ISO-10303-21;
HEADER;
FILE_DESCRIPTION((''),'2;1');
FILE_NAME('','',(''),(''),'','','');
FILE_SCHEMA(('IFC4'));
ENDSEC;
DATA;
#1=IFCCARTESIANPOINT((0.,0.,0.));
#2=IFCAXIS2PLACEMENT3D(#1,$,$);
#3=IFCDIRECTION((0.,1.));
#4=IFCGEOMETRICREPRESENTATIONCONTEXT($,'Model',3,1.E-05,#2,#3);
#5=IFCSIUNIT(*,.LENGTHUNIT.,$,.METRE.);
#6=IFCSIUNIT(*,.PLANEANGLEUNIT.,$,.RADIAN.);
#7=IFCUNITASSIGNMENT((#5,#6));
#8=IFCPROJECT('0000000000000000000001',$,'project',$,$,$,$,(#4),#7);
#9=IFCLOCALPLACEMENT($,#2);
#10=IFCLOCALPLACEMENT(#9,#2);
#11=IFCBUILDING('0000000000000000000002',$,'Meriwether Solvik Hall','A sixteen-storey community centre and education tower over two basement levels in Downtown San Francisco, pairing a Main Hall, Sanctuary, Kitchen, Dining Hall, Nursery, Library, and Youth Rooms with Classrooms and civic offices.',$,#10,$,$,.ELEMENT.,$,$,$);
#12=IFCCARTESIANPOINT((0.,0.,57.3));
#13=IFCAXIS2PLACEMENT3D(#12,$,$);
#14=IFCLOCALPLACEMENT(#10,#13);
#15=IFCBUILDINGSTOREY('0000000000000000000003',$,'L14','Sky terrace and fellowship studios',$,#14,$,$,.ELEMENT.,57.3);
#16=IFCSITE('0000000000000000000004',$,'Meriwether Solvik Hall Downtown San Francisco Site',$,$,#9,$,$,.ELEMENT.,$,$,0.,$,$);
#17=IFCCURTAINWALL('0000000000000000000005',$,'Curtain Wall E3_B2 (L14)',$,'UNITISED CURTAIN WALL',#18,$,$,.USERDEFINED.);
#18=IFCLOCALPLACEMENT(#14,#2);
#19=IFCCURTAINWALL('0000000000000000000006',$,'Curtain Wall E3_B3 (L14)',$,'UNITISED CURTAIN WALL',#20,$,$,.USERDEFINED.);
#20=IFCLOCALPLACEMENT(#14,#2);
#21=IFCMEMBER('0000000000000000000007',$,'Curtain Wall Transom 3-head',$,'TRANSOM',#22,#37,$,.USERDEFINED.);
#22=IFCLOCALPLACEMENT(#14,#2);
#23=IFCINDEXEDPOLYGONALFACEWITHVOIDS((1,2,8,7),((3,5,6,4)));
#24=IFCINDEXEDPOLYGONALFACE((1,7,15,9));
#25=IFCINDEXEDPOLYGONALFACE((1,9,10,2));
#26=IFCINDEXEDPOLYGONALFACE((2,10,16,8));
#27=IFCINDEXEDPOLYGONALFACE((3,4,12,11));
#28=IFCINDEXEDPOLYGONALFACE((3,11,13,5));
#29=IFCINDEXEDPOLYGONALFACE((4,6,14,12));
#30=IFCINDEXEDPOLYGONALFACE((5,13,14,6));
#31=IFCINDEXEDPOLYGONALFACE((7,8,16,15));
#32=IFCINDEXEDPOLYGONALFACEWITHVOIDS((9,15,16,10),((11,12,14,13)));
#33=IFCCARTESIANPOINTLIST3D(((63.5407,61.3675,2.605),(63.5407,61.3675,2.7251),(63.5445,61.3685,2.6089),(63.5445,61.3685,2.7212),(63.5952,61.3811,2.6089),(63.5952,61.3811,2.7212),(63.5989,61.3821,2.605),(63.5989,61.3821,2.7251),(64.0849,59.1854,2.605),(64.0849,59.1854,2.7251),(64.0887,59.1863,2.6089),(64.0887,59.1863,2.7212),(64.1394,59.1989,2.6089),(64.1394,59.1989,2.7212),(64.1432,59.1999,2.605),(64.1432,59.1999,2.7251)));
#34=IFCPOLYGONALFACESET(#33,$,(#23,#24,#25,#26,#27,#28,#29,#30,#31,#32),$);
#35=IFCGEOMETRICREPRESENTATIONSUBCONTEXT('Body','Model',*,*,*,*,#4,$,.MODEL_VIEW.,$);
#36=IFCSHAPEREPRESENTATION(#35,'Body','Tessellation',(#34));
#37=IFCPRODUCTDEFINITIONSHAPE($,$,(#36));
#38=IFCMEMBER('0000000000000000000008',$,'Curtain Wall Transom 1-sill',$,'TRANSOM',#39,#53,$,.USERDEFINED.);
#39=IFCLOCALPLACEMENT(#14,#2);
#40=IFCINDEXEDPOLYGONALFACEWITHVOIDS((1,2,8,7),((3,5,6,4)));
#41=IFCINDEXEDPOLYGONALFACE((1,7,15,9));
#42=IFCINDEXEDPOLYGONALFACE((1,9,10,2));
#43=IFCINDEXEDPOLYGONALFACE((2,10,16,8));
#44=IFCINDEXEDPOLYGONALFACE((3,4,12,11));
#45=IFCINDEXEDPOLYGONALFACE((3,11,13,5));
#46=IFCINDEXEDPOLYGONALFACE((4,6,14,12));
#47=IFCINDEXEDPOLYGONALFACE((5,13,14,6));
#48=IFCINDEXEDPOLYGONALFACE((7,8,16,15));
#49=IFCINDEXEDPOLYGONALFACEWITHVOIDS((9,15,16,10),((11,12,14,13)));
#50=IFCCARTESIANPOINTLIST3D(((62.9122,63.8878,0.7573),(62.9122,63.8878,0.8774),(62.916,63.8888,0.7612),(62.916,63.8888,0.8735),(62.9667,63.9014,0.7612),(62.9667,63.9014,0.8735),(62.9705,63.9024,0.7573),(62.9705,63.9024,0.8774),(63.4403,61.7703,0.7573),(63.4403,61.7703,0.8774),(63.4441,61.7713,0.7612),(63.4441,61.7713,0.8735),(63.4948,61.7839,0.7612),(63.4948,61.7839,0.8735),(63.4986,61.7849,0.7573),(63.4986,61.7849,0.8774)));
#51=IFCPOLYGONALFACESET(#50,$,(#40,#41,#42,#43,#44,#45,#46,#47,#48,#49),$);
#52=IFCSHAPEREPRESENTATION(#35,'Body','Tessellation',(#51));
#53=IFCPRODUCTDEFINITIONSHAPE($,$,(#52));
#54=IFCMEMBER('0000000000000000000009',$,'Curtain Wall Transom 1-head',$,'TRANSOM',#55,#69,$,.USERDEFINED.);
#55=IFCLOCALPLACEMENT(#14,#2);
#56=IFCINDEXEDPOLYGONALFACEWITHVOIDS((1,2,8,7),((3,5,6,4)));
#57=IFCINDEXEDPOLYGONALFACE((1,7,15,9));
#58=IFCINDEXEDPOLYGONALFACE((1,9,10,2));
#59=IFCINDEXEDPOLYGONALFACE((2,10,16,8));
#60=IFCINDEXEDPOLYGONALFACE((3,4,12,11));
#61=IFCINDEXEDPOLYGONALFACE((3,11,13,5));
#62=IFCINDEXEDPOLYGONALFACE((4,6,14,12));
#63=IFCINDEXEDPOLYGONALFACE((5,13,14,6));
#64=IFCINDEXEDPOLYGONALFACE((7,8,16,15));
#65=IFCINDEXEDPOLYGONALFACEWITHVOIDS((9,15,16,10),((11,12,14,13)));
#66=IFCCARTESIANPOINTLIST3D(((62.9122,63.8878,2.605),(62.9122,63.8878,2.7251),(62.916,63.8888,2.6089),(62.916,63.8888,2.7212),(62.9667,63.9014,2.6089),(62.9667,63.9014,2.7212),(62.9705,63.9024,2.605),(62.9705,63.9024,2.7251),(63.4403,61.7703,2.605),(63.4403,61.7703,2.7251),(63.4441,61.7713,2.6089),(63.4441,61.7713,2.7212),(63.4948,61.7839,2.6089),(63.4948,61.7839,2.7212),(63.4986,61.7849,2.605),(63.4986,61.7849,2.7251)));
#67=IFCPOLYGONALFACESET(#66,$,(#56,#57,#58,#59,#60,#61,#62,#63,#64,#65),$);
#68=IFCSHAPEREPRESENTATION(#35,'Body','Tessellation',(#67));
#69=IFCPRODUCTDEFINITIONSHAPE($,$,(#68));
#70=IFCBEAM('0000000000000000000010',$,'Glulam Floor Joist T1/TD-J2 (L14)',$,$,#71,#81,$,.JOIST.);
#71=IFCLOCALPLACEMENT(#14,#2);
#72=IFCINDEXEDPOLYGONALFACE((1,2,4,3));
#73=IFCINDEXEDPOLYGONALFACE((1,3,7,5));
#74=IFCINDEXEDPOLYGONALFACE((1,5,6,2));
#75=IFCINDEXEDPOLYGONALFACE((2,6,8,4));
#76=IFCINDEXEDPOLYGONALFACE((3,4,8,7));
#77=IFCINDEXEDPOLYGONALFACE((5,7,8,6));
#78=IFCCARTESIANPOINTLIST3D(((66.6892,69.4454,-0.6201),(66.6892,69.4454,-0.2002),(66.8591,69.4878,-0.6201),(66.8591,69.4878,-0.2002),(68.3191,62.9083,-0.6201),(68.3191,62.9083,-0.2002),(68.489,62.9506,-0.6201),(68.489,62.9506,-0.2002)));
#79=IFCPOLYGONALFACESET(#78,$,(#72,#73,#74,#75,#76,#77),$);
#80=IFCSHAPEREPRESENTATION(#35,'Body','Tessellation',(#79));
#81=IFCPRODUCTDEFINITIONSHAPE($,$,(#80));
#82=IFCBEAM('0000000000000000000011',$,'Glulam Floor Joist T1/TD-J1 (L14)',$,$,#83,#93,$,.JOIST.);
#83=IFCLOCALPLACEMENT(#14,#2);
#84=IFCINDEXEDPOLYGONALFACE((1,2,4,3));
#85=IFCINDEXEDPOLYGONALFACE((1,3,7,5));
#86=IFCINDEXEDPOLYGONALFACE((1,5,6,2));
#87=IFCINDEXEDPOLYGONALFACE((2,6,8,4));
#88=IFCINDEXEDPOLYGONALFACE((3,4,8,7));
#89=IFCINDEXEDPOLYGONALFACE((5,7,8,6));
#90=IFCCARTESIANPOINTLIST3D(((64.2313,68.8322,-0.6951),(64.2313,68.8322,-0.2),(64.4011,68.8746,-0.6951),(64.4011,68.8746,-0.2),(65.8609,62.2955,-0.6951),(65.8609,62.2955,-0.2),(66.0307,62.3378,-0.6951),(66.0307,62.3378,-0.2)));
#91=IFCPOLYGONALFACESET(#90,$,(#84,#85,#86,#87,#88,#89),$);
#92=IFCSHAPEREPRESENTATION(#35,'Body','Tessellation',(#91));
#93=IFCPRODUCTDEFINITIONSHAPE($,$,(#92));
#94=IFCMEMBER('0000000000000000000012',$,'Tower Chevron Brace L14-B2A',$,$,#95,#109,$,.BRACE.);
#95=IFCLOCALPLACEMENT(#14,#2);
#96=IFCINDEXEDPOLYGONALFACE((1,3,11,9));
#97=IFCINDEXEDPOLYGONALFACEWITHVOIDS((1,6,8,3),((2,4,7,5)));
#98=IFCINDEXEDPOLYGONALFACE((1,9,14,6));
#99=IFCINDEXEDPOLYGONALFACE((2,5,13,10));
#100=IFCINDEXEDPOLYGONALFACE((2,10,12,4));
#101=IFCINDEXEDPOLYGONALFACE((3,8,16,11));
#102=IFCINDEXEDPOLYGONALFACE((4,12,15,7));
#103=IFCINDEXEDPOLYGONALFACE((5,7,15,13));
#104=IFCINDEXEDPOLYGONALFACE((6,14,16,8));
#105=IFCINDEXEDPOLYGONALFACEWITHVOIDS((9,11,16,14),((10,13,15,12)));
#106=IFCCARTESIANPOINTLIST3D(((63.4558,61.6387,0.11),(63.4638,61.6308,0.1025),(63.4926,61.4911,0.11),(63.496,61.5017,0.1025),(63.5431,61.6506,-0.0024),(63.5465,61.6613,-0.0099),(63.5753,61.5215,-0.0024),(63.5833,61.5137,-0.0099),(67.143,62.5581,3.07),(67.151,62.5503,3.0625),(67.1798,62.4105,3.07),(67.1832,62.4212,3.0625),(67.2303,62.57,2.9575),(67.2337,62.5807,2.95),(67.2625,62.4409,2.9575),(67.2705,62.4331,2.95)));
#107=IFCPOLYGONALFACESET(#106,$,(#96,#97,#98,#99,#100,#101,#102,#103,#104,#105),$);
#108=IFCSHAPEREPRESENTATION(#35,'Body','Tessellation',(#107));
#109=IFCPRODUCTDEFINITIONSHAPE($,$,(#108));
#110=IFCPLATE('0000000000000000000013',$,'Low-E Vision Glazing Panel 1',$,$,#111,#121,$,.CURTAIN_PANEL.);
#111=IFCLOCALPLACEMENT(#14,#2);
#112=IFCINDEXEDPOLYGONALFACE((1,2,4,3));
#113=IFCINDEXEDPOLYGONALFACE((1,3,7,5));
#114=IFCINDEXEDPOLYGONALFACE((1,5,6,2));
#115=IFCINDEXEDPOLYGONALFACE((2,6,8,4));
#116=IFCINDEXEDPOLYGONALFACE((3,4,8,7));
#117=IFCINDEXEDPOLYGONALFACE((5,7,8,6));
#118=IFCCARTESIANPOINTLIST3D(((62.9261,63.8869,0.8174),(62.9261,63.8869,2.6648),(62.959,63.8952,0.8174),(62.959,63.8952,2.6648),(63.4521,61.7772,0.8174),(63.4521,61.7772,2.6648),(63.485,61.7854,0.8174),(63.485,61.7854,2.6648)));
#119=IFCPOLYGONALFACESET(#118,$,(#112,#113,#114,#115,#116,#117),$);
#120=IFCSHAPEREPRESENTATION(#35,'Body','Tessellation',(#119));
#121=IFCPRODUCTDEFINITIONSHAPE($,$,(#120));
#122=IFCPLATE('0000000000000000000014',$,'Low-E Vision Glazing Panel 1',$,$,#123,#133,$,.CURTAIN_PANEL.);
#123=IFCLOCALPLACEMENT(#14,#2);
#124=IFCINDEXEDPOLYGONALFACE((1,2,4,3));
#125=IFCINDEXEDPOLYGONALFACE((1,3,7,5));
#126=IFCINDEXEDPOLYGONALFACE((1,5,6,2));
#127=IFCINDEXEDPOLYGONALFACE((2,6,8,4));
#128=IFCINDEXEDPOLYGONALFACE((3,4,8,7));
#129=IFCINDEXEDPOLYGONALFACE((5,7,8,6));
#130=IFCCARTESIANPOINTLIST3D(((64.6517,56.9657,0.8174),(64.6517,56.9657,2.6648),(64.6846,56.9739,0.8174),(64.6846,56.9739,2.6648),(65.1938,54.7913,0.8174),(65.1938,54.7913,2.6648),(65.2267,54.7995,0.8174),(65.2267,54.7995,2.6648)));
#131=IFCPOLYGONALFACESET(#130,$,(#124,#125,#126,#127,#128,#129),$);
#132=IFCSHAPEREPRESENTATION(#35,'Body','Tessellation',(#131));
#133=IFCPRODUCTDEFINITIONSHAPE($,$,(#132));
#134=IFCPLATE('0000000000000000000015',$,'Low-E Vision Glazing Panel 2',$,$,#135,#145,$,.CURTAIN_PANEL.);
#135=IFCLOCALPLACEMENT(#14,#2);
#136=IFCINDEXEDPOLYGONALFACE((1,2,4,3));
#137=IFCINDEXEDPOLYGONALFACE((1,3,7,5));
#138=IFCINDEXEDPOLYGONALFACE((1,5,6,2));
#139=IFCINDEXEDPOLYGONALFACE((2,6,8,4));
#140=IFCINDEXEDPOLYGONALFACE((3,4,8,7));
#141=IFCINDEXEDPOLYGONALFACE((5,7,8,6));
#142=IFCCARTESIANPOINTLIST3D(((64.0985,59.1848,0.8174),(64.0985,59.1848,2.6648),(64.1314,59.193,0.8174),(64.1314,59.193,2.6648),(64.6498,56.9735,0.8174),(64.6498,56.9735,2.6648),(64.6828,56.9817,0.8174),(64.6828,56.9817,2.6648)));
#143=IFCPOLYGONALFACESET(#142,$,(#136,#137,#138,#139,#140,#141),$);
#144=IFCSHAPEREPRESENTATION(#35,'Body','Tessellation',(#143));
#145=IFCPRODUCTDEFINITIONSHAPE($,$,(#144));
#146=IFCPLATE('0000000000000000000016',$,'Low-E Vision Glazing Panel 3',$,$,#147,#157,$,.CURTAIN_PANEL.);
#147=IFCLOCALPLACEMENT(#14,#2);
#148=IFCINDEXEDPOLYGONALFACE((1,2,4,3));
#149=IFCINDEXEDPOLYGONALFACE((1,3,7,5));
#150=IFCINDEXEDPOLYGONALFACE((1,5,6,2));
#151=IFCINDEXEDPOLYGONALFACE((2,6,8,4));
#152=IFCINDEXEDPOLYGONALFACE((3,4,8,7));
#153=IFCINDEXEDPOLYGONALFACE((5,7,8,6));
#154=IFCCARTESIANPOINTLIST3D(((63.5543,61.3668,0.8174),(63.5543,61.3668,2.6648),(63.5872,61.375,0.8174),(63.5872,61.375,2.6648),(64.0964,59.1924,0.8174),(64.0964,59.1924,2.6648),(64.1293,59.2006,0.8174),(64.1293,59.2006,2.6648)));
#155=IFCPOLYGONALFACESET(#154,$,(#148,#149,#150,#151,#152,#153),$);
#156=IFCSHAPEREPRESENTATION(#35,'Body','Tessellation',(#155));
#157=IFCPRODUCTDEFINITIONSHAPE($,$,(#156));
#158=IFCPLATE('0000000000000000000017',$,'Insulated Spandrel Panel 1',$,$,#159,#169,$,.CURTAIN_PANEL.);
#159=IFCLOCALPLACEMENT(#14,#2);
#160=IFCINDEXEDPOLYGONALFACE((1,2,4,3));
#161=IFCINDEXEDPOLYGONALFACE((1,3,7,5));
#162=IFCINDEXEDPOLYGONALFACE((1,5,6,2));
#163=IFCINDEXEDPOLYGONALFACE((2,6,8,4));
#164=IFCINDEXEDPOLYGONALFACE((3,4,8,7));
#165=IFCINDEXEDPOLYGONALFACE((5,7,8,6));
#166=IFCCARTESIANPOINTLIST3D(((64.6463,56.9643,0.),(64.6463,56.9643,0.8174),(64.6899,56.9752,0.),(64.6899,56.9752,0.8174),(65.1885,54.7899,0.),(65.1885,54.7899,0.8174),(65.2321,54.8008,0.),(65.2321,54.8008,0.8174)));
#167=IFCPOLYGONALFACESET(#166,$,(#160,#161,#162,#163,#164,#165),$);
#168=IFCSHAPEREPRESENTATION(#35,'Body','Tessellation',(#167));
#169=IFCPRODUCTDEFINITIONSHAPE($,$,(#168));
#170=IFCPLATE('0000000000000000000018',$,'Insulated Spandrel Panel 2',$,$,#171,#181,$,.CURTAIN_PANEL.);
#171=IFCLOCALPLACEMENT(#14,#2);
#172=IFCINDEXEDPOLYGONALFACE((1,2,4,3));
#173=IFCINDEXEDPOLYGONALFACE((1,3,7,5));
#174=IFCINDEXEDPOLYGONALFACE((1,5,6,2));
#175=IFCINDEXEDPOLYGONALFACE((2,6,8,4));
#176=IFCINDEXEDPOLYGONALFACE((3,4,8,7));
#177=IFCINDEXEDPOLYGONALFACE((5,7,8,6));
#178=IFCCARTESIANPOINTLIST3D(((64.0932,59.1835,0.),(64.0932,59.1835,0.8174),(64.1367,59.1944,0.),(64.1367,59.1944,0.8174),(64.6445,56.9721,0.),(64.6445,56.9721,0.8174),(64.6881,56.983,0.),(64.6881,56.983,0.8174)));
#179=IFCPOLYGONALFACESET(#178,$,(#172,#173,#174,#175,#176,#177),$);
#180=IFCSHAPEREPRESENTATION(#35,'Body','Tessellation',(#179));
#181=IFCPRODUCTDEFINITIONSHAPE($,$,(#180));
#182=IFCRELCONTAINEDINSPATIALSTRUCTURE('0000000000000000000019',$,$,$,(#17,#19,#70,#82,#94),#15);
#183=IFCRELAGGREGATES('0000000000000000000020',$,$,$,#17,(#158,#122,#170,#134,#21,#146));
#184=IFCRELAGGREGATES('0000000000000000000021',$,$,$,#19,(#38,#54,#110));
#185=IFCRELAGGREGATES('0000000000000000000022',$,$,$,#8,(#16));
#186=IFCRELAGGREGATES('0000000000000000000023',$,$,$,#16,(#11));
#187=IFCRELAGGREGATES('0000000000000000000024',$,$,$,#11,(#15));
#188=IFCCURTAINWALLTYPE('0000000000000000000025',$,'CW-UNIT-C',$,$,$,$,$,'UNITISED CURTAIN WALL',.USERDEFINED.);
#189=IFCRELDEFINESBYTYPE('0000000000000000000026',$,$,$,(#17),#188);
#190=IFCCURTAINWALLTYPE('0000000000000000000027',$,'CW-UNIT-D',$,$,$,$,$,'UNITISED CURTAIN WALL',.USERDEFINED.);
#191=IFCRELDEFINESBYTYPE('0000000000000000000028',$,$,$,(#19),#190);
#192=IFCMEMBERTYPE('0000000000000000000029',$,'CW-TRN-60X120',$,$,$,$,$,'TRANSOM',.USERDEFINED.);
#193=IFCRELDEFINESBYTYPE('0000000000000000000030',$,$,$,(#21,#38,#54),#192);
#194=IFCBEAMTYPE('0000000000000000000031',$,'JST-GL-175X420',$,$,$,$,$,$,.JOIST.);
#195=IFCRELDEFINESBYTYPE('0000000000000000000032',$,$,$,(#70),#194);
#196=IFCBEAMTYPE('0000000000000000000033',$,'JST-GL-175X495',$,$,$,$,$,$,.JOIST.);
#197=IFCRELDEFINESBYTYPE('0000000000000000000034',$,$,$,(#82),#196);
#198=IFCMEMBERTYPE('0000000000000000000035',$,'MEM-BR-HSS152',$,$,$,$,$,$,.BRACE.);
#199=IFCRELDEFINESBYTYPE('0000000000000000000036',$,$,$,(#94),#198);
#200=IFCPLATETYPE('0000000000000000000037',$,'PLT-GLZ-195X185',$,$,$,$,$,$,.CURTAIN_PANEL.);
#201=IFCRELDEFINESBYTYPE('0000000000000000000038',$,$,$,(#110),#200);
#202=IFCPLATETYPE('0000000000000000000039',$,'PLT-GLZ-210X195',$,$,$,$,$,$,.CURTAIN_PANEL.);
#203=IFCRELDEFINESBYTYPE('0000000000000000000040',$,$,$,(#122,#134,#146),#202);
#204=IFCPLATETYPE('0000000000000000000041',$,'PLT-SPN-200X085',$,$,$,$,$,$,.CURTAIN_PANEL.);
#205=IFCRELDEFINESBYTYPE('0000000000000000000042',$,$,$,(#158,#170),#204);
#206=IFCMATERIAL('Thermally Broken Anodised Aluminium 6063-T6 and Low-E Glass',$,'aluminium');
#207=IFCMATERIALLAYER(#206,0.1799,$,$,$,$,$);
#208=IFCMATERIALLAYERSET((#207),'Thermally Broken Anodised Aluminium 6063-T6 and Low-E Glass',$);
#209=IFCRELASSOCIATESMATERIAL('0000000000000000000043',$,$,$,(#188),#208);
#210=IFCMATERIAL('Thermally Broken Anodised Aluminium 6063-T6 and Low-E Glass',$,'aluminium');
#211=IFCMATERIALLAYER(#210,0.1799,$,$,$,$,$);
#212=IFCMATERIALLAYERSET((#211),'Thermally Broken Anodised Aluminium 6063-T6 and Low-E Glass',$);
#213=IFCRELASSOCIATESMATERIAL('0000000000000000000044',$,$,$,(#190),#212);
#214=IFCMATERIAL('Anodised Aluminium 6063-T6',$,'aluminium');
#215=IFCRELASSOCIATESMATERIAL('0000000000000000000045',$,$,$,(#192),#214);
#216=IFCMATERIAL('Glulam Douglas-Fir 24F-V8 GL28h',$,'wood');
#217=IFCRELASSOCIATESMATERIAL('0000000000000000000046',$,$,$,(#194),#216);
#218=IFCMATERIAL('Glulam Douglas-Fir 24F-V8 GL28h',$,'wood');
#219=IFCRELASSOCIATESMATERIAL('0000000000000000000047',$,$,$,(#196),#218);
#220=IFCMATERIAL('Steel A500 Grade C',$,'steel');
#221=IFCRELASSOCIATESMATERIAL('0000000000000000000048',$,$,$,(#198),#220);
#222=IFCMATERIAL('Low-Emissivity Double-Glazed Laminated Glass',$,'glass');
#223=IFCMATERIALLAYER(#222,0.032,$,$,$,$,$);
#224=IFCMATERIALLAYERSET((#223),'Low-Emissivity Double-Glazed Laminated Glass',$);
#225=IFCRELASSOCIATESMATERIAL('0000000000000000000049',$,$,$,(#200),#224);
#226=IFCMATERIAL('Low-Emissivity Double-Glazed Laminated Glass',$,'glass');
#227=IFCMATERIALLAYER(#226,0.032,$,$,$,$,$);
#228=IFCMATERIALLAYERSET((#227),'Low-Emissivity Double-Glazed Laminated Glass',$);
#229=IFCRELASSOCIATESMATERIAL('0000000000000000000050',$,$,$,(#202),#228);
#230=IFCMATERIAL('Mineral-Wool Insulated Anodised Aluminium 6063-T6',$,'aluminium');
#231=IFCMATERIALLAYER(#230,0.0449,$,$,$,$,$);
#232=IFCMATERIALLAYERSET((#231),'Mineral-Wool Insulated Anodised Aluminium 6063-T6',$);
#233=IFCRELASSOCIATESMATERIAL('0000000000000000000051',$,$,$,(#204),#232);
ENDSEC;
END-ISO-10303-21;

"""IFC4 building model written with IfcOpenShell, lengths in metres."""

from ifc_helpers import new_model, si_unit, direction, frame, origin, origin_2d, place, context, subcontext, project, spatial, rectangle, hollow_rectangle, extrude, material, layer, layer_set, material_profile, profile_set, type_object, element, aggregate, save


model = new_model("IFC4")

# Units and contexts
model_context = context("Model", 3, precision=1e-05, world=origin(), true_north=direction((0.0, 1.0)))
body_context = subcontext(model_context, "Body", "Model", "MODEL_VIEW")
ifc_project = project(units=[si_unit("LENGTHUNIT", "METRE"), si_unit("PLANEANGLEUNIT", "RADIAN")], contexts=[model_context])

# Site, building, storey
site_placement = place(None, origin())
site = spatial("IfcSite", under=ifc_project, at=site_placement, Name="Meriwether Solvik Hall Downtown San Francisco Site", CompositionType="ELEMENT", RefElevation=0.0)
building_placement = place(site_placement, origin())
building = spatial("IfcBuilding", under=site, at=building_placement, Name="Meriwether Solvik Hall", Description="A sixteen-storey community centre and education tower over two basement levels in Downtown San Francisco, pairing a Main Hall, Sanctuary, Kitchen, Dining Hall, Nursery, Library, and Youth Rooms with Classrooms and civic offices.", CompositionType="ELEMENT")
storey_placement = place(building_placement, frame((0.0, 0.0, 57.3)))
storey = spatial("IfcBuildingStorey", under=building, at=storey_placement, Name="L14", Description="Sky terrace and fellowship studios", CompositionType="ELEMENT", Elevation=57.3)

# Curtain walls
ifc_material_1 = material(Name="Thermally Broken Anodised Aluminium 6063-T6 and Low-E Glass", Category="aluminium")
ifc_layer_1 = layer(ifc_material_1, 0.1799)
ifc_layer_set_1 = layer_set([ifc_layer_1], Name="Thermally Broken Anodised Aluminium 6063-T6 and Low-E Glass")
curtain_wall_type_1 = type_object("IfcCurtainWallType", Name="CW-UNIT-C", ElementType="UNITISED CURTAIN WALL", PredefinedType="USERDEFINED", material=ifc_layer_set_1)
curtain_wall_1_placement = place(storey_placement, origin())
curtain_wall_1 = element("IfcCurtainWall", 1, at=curtain_wall_1_placement, inside=storey, type_object=curtain_wall_type_1, Name="Curtain Wall E3_B2 (L14)", ObjectType="UNITISED CURTAIN WALL", PredefinedType="USERDEFINED")
ifc_material_2 = material(Name="Thermally Broken Anodised Aluminium 6063-T6 and Low-E Glass", Category="aluminium")
ifc_layer_2 = layer(ifc_material_2, 0.1799)
ifc_layer_set_2 = layer_set([ifc_layer_2], Name="Thermally Broken Anodised Aluminium 6063-T6 and Low-E Glass")
curtain_wall_type_2 = type_object("IfcCurtainWallType", Name="CW-UNIT-D", ElementType="UNITISED CURTAIN WALL", PredefinedType="USERDEFINED", material=ifc_layer_set_2)
curtain_wall_2_placement = place(storey_placement, origin())
curtain_wall_2 = element("IfcCurtainWall", 2, at=curtain_wall_2_placement, inside=storey, type_object=curtain_wall_type_2, Name="Curtain Wall E3_B3 (L14)", ObjectType="UNITISED CURTAIN WALL", PredefinedType="USERDEFINED")

# Members
ifc_material_3 = material(Name="Anodised Aluminium 6063-T6", Category="aluminium")
ifc_material_profile_1 = material_profile(ifc_material_3, hollow_rectangle(XDim=0.0601, YDim=0.1201, WallThickness=0.0039, at=origin_2d()), Name="CWT-60X120")
ifc_profile_set_1 = profile_set([ifc_material_profile_1], Name="Anodised Aluminium 6063-T6")
member_type_1 = type_object("IfcMemberType", Name="CW-TRN-60X120", ElementType="TRANSOM", PredefinedType="USERDEFINED", material=ifc_profile_set_1)
member_1_placement = place(storey_placement, frame((64.114, 59.1926, 2.665), z_axis=(-0.241974, 0.970283, 0.0), x_axis=(-0.970283, -0.241974, 0.0)))
member_1 = element("IfcMember", 3, at=member_1_placement, type_object=member_type_1, Name="Curtain Wall Transom 3-head", ObjectType="TRANSOM", PredefinedType="USERDEFINED", context=body_context, shape_type="SweptSolid", body=[
    extrude(hollow_rectangle(XDim=0.0601, YDim=0.1201, WallThickness=0.0039, at=origin_2d()), origin(), (0.0, 0.0, 1.0), 2.249),
])
member_2_placement = place(storey_placement, frame((63.4695, 61.7776, 0.8174), z_axis=(-0.241983, 0.970281, 0.0), x_axis=(-0.970281, -0.241983, 0.0)))
member_2 = element("IfcMember", 4, at=member_2_placement, type_object=member_type_1, Name="Curtain Wall Transom 1-sill", ObjectType="TRANSOM", PredefinedType="USERDEFINED", context=body_context, shape_type="SweptSolid", body=[
    extrude(hollow_rectangle(XDim=0.0601, YDim=0.1201, WallThickness=0.0039, at=origin_2d()), origin(), (0.0, 0.0, 1.0), 2.1824),
])
member_3_placement = place(storey_placement, frame((63.4695, 61.7776, 2.665), z_axis=(-0.241983, 0.970281, 0.0), x_axis=(-0.970281, -0.241983, 0.0)))
member_3 = element("IfcMember", 5, at=member_3_placement, type_object=member_type_1, Name="Curtain Wall Transom 1-head", ObjectType="TRANSOM", PredefinedType="USERDEFINED", context=body_context, shape_type="SweptSolid", body=[
    extrude(hollow_rectangle(XDim=0.0601, YDim=0.1201, WallThickness=0.0039, at=origin_2d()), origin(), (0.0, 0.0, 1.0), 2.1824),
])

# Beams
ifc_material_4 = material(Name="Glulam Douglas-Fir 24F-V8 GL28h", Category="wood")
ifc_material_profile_2 = material_profile(ifc_material_4, rectangle(XDim=0.175, YDim=0.4199, at=origin_2d()), Name="GLJ-175X420")
ifc_profile_set_2 = profile_set([ifc_material_profile_2], Name="Glulam Douglas-Fir 24F-V8 GL28h")
beam_type_1 = type_object("IfcBeamType", Name="JST-GL-175X420", PredefinedType="JOIST", material=ifc_profile_set_2)
beam_1_placement = place(storey_placement, frame((68.4041, 62.9294, -0.4102), z_axis=(-0.241922, 0.970296, 0.0), x_axis=(-0.970296, -0.241922, 0.0)))
element("IfcBeam", 6, at=beam_1_placement, inside=storey, type_object=beam_type_1, Name="Glulam Floor Joist T1/TD-J2 (L14)", PredefinedType="JOIST", context=body_context, shape_type="SweptSolid", body=[
    extrude(rectangle(XDim=0.175, YDim=0.4199, at=origin_2d()), origin(), (0.0, 0.0, 1.0), 6.7373),
])
ifc_material_5 = material(Name="Glulam Douglas-Fir 24F-V8 GL28h", Category="wood")
ifc_material_profile_3 = material_profile(ifc_material_5, rectangle(XDim=0.175, YDim=0.4951, at=origin_2d()), Name="GLJ-175X495")
ifc_profile_set_3 = profile_set([ifc_material_profile_3], Name="Glulam Douglas-Fir 24F-V8 GL28h")
beam_type_2 = type_object("IfcBeamType", Name="JST-GL-175X495", PredefinedType="JOIST", material=ifc_profile_set_3)
beam_2_placement = place(storey_placement, frame((65.9458, 62.3167, -0.4475), z_axis=(-0.241896, 0.970302, 0.0), x_axis=(-0.970302, -0.241896, 0.0)))
element("IfcBeam", 7, at=beam_2_placement, inside=storey, type_object=beam_type_2, Name="Glulam Floor Joist T1/TD-J1 (L14)", PredefinedType="JOIST", context=body_context, shape_type="SweptSolid", body=[
    extrude(rectangle(XDim=0.175, YDim=0.4951, at=origin_2d()), origin(), (0.0, 0.0, 1.0), 6.7368),
])

# Member
ifc_material_6 = material(Name="Steel A500 Grade C", Category="steel")
ifc_material_profile_4 = material_profile(ifc_material_6, hollow_rectangle(XDim=0.1521, YDim=0.1521, WallThickness=0.0095, at=origin_2d()), Name="HSS152X152X9.5")
ifc_profile_set_4 = profile_set([ifc_material_profile_4], Name="Steel A500 Grade C")
member_type_2 = type_object("IfcMemberType", Name="MEM-BR-HSS152", PredefinedType="BRACE", material=ifc_profile_set_4)
member_4_placement = place(storey_placement, frame((63.5195, 61.5762, 0.05), z_axis=(0.765482, 0.190876, 0.614494), x_axis=(-0.241946, 0.97029, 0.0)))
element("IfcMember", 8, at=member_4_placement, inside=storey, type_object=member_type_2, Name="Tower Chevron Brace L14-B2A", PredefinedType="BRACE", context=body_context, shape_type="SweptSolid", body=[
    extrude(hollow_rectangle(XDim=0.1521, YDim=0.1521, WallThickness=0.0095, at=origin_2d()), origin(), (0.0, 0.0, 1.0), 4.8169),
])

# Plates
ifc_material_7 = material(Name="Low-Emissivity Double-Glazed Laminated Glass", Category="glass")
ifc_layer_3 = layer(ifc_material_7, 0.032)
ifc_layer_set_3 = layer_set([ifc_layer_3], Name="Low-Emissivity Double-Glazed Laminated Glass")
plate_type_1 = type_object("IfcPlateType", Name="PLT-GLZ-195X185", PredefinedType="CURTAIN_PANEL", material=ifc_layer_set_3)
plate_1_placement = place(storey_placement, frame((63.2056, 62.8362, 0.8174), z_axis=(0.0, 0.0, 1.0), x_axis=(-0.241922, 0.970296, 0.0)))
plate_1 = element("IfcPlate", 9, at=plate_1_placement, type_object=plate_type_1, Name="Low-E Vision Glazing Panel 1", PredefinedType="CURTAIN_PANEL", context=body_context, shape_type="SweptSolid", body=[
    extrude(rectangle(XDim=2.1743, YDim=0.0339, at=origin_2d()), origin(), (0.0, 0.0, 1.0), 1.8474),
])
ifc_material_8 = material(Name="Low-Emissivity Double-Glazed Laminated Glass", Category="glass")
ifc_layer_4 = layer(ifc_material_8, 0.032)
ifc_layer_set_4 = layer_set([ifc_layer_4], Name="Low-Emissivity Double-Glazed Laminated Glass")
plate_type_2 = type_object("IfcPlateType", Name="PLT-GLZ-210X195", PredefinedType="CURTAIN_PANEL", material=ifc_layer_set_4)
plate_2_placement = place(storey_placement, frame((64.9392, 55.8826, 0.8174), z_axis=(0.0, 0.0, 1.0), x_axis=(-0.241922, 0.970296, 0.0)))
plate_2 = element("IfcPlate", 10, at=plate_2_placement, type_object=plate_type_2, Name="Low-E Vision Glazing Panel 1", PredefinedType="CURTAIN_PANEL", context=body_context, shape_type="SweptSolid", body=[
    extrude(rectangle(XDim=2.241, YDim=0.0339, at=origin_2d()), origin(), (0.0, 0.0, 1.0), 1.8474),
])
plate_3_placement = place(storey_placement, frame((64.3906, 58.0833, 0.8174), z_axis=(0.0, 0.0, 1.0), x_axis=(-0.241922, 0.970296, 0.0)))
plate_3 = element("IfcPlate", 11, at=plate_3_placement, type_object=plate_type_2, Name="Low-E Vision Glazing Panel 2", PredefinedType="CURTAIN_PANEL", context=body_context, shape_type="SweptSolid", body=[
    extrude(rectangle(XDim=2.2791, YDim=0.0339, at=origin_2d()), origin(), (0.0, 0.0, 1.0), 1.8474),
])
plate_4_placement = place(storey_placement, frame((63.8418, 60.2837, 0.8174), z_axis=(0.0, 0.0, 1.0), x_axis=(-0.241922, 0.970296, 0.0)))
plate_4 = element("IfcPlate", 12, at=plate_4_placement, type_object=plate_type_2, Name="Low-E Vision Glazing Panel 3", PredefinedType="CURTAIN_PANEL", context=body_context, shape_type="SweptSolid", body=[
    extrude(rectangle(XDim=2.241, YDim=0.0339, at=origin_2d()), origin(), (0.0, 0.0, 1.0), 1.8474),
])
ifc_material_9 = material(Name="Mineral-Wool Insulated Anodised Aluminium 6063-T6", Category="aluminium")
ifc_layer_5 = layer(ifc_material_9, 0.0449)
ifc_layer_set_5 = layer_set([ifc_layer_5], Name="Mineral-Wool Insulated Anodised Aluminium 6063-T6")
plate_type_3 = type_object("IfcPlateType", Name="PLT-SPN-200X085", PredefinedType="CURTAIN_PANEL", material=ifc_layer_set_5)
plate_5_placement = place(storey_placement, frame((64.9392, 55.8826, 0.0), z_axis=(0.0, 0.0, 1.0), x_axis=(-0.241922, 0.970296, 0.0)))
plate_5 = element("IfcPlate", 13, at=plate_5_placement, type_object=plate_type_3, Name="Insulated Spandrel Panel 1", PredefinedType="CURTAIN_PANEL", context=body_context, shape_type="SweptSolid", body=[
    extrude(rectangle(XDim=2.241, YDim=0.0449, at=origin_2d()), origin(), (0.0, 0.0, 1.0), 0.8174),
])
plate_6_placement = place(storey_placement, frame((64.3906, 58.0833, 0.0), z_axis=(0.0, 0.0, 1.0), x_axis=(-0.241922, 0.970296, 0.0)))
plate_6 = element("IfcPlate", 14, at=plate_6_placement, type_object=plate_type_3, Name="Insulated Spandrel Panel 2", PredefinedType="CURTAIN_PANEL", context=body_context, shape_type="SweptSolid", body=[
    extrude(rectangle(XDim=2.2791, YDim=0.0449, at=origin_2d()), origin(), (0.0, 0.0, 1.0), 0.8174),
])
aggregate(curtain_wall_1, [plate_5, plate_2, plate_6, plate_3, member_1, plate_4])
aggregate(curtain_wall_2, [member_2, member_3, plate_1])

save(model, "model.ifc")
